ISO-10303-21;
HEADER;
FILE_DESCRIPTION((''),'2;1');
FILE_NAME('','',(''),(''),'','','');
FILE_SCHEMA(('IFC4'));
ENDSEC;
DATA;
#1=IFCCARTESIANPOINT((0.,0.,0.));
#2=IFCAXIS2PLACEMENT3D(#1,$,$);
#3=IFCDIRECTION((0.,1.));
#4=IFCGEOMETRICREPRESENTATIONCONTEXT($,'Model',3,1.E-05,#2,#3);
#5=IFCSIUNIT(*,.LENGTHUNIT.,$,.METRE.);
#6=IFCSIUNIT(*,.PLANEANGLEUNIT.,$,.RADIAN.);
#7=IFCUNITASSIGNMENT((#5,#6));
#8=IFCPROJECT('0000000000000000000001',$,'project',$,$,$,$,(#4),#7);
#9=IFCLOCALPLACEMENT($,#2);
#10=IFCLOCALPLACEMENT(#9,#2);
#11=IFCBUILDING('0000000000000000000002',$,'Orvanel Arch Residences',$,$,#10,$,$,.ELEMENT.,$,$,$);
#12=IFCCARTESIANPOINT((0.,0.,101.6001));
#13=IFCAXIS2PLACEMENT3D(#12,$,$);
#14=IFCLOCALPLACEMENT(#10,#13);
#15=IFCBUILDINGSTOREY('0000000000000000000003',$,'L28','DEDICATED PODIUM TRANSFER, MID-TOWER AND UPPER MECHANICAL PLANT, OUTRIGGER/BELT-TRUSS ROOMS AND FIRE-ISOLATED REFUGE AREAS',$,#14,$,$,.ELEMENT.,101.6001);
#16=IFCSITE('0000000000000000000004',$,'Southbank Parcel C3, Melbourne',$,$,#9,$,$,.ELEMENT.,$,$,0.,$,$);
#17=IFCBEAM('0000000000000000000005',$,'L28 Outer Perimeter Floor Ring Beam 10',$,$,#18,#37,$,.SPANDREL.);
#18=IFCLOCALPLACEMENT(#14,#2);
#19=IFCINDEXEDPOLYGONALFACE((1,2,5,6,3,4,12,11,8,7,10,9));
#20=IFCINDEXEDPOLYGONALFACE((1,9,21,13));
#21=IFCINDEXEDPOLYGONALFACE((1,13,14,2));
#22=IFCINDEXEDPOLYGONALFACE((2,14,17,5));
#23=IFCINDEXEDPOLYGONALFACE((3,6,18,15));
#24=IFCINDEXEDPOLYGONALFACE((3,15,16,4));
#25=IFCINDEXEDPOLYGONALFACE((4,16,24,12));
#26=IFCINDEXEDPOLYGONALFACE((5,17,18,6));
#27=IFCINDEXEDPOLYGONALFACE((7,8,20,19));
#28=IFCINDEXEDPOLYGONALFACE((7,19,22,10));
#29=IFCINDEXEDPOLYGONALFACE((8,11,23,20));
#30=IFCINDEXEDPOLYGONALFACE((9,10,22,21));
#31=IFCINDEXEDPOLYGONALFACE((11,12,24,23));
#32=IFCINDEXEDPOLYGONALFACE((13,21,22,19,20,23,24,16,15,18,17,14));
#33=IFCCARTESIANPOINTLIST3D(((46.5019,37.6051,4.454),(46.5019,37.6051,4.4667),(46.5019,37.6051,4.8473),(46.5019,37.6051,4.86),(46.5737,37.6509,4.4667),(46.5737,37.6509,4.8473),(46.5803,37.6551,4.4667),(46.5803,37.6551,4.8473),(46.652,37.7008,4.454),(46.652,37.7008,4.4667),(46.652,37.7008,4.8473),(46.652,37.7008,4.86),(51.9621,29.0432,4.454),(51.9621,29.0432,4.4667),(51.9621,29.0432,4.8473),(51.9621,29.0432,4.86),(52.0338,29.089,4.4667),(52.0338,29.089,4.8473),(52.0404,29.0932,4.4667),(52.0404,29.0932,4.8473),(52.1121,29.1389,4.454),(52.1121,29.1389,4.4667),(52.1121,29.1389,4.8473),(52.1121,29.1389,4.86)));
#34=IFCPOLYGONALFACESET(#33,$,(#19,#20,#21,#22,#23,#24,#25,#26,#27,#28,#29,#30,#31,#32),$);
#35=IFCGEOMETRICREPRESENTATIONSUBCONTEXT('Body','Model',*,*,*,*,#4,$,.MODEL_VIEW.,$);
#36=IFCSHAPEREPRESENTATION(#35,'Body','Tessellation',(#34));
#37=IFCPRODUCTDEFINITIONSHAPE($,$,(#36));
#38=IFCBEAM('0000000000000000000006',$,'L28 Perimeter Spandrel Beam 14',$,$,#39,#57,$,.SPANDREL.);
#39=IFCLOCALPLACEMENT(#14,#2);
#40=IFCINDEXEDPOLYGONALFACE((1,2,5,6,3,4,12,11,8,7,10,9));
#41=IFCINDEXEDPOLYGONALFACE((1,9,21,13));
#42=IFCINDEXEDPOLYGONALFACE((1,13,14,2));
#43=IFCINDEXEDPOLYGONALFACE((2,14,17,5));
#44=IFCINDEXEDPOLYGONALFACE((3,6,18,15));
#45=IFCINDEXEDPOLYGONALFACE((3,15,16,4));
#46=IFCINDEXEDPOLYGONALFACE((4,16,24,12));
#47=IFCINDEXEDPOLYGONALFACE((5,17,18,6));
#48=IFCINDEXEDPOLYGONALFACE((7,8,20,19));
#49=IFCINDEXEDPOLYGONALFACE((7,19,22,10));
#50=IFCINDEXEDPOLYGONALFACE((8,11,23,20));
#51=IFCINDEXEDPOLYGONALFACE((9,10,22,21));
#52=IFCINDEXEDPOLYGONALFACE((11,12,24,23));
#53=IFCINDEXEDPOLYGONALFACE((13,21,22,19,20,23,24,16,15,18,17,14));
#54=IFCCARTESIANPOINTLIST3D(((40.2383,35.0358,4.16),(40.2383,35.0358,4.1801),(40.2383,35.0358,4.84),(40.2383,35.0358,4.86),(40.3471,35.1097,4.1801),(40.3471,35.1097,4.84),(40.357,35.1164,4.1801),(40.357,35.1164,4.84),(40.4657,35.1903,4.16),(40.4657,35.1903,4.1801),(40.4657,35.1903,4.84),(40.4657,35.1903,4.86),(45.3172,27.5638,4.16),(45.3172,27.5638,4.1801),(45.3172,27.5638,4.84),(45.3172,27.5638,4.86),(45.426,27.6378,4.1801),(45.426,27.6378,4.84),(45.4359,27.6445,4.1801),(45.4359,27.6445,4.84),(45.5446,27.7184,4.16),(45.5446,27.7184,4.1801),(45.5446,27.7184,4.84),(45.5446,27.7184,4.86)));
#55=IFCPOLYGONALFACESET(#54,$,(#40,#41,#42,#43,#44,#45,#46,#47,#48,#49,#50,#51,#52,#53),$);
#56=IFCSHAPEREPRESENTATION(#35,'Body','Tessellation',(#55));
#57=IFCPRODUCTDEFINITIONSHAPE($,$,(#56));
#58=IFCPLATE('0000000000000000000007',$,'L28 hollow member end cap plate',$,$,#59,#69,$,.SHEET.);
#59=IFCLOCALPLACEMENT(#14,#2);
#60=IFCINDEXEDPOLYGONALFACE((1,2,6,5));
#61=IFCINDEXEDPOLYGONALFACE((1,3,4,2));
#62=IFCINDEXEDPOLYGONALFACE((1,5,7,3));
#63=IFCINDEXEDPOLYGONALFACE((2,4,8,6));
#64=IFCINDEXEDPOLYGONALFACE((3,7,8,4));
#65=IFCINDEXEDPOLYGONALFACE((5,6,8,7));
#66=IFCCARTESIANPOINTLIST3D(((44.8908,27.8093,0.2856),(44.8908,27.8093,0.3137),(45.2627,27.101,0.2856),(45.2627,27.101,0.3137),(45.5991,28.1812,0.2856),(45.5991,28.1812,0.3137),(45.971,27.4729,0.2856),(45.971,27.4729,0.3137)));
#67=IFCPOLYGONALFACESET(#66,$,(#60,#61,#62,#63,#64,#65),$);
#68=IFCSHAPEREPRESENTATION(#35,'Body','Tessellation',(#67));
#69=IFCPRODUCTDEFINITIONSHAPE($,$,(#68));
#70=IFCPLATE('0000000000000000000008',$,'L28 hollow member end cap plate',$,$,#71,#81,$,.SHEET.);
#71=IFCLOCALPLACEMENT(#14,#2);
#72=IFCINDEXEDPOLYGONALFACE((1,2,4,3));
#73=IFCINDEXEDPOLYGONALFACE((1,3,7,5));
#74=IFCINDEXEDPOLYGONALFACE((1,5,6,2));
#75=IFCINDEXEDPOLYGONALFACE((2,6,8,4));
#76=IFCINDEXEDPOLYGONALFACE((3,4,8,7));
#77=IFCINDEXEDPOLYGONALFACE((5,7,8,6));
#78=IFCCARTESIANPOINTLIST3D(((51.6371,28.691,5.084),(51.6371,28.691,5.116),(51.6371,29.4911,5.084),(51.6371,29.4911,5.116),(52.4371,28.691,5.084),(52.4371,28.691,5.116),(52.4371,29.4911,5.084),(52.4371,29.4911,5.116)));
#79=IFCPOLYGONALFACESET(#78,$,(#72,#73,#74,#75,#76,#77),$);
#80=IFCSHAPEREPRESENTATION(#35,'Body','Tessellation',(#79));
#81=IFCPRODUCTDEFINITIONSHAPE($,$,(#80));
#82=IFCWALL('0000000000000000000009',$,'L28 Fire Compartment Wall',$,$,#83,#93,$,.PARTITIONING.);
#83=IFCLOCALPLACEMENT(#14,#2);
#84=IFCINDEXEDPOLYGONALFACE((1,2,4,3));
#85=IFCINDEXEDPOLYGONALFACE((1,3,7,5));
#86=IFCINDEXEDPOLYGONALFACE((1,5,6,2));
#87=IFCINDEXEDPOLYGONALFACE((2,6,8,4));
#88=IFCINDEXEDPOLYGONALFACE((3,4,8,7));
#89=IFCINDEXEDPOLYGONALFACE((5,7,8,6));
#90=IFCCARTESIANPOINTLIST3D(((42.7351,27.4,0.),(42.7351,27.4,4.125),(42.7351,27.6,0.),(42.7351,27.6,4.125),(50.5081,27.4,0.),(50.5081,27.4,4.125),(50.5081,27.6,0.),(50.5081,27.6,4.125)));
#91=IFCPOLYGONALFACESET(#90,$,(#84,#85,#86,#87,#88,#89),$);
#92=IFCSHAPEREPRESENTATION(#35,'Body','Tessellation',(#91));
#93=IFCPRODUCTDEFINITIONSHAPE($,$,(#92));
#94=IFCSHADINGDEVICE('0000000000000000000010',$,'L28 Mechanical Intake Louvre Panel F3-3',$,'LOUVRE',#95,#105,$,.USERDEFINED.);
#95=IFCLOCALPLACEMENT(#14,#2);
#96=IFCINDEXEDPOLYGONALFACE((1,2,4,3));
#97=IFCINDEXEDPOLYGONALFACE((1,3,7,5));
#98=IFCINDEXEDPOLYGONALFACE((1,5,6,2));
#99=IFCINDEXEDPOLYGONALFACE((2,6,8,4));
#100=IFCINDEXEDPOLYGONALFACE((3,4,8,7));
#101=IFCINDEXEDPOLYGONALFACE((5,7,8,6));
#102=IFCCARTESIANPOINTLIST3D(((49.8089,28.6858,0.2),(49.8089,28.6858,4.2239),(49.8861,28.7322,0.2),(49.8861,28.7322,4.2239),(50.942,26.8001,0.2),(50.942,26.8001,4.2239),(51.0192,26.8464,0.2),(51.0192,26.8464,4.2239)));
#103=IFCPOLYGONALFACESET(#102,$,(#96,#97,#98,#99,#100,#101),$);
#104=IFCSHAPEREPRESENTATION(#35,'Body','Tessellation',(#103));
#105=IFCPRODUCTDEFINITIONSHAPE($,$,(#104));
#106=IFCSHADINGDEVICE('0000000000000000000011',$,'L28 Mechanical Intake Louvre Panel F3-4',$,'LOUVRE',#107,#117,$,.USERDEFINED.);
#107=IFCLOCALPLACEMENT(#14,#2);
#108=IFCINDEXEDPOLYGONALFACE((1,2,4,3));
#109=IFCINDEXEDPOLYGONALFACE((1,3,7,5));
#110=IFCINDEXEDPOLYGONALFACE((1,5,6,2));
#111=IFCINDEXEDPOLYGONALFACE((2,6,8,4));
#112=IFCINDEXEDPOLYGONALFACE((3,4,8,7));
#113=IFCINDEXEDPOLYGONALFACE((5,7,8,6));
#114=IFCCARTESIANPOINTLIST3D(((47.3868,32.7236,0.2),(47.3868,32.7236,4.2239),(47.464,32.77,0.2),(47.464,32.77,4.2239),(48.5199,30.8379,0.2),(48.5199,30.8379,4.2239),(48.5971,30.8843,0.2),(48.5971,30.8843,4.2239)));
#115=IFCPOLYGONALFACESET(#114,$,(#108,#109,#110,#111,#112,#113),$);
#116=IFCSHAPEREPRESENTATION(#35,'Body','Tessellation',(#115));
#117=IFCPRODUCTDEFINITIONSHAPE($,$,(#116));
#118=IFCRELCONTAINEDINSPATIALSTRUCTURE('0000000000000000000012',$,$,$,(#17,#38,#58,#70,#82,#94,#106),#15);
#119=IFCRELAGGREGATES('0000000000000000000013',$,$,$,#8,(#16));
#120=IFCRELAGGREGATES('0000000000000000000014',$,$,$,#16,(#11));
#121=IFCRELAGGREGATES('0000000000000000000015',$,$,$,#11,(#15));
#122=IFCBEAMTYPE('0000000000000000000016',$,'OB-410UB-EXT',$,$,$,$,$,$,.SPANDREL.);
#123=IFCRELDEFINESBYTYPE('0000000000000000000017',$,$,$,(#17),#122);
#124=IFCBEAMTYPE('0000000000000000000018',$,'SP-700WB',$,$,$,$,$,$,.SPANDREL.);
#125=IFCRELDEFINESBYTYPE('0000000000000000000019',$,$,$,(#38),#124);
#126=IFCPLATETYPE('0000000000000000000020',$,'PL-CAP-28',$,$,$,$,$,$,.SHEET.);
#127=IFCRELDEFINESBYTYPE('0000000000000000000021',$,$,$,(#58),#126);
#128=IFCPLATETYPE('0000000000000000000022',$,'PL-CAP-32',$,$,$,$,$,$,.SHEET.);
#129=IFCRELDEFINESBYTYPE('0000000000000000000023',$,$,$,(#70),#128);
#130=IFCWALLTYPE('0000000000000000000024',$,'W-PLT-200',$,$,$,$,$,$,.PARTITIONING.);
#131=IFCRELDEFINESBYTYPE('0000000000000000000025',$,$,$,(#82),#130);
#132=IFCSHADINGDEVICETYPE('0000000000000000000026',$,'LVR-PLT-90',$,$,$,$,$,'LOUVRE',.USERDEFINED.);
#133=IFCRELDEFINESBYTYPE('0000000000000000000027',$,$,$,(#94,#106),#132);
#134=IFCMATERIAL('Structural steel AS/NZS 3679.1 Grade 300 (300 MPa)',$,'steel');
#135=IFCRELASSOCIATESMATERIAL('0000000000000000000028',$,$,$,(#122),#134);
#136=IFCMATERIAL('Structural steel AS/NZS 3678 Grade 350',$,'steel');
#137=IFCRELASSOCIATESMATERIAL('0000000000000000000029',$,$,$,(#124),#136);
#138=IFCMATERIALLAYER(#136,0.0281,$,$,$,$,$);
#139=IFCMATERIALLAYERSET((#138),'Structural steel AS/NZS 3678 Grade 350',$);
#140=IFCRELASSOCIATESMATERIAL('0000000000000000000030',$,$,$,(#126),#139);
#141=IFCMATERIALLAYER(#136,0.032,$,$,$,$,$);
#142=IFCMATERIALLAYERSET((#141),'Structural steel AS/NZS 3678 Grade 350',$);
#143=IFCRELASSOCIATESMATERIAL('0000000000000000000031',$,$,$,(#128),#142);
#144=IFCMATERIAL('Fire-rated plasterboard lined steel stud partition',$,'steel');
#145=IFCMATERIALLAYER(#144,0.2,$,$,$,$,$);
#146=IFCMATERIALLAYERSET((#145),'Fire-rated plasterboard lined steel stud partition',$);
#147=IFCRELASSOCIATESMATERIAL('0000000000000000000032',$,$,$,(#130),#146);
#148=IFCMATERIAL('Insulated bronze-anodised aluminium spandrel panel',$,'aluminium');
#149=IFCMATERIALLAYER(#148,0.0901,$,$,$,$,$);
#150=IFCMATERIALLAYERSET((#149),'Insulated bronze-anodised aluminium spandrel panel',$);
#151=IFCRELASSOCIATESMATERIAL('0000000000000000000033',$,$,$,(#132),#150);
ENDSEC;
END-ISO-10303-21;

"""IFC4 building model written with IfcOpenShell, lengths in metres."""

from ifc_helpers import new_model, si_unit, direction, frame, frame_2d, origin, origin_2d, place, context, subcontext, project, spatial, rectangle, i_section, extrude, material, layer, layer_set, material_profile, profile_set, type_object, element, save


model = new_model("IFC4")

# Units and contexts
model_context = context("Model", 3, precision=1e-05, world=origin(), true_north=direction((0.0, 1.0)))
body_context = subcontext(model_context, "Body", "Model", "MODEL_VIEW")
ifc_project = project(units=[si_unit("LENGTHUNIT", "METRE"), si_unit("PLANEANGLEUNIT", "RADIAN")], contexts=[model_context])

# Site, building, storey
site_placement = place(None, origin())
site = spatial("IfcSite", under=ifc_project, at=site_placement, Name="Southbank Parcel C3, Melbourne", CompositionType="ELEMENT", RefElevation=0.0)
building_placement = place(site_placement, origin())
building = spatial("IfcBuilding", under=site, at=building_placement, Name="Orvanel Arch Residences", CompositionType="ELEMENT")
storey_placement = place(building_placement, frame((0.0, 0.0, 101.6001)))
storey = spatial("IfcBuildingStorey", under=building, at=storey_placement, Name="L28", Description="DEDICATED PODIUM TRANSFER, MID-TOWER AND UPPER MECHANICAL PLANT, OUTRIGGER/BELT-TRUSS ROOMS AND FIRE-ISOLATED REFUGE AREAS", CompositionType="ELEMENT", Elevation=101.6001)

# Shared definitions
ifc_material_1 = material(Name="Structural steel AS/NZS 3679.1 Grade 300 (300 MPa)", Category="steel")

# Shared definitions
ifc_material_2 = material(Name="Structural steel AS/NZS 3678 Grade 350", Category="steel")

# Beams
ifc_material_profile_1 = material_profile(ifc_material_1, i_section(OverallWidth=0.178, OverallDepth=0.406, WebThickness=0.0078, FlangeThickness=0.0127, at=origin_2d()), Name="410UB59.7")
ifc_profile_set_1 = profile_set([ifc_material_profile_1], Name="Structural steel AS/NZS 3679.1 Grade 300 (300 MPa)")
beam_type_1 = type_object("IfcBeamType", Name="OB-410UB-EXT", PredefinedType="SPANDREL", material=ifc_profile_set_1)
beam_1_placement = place(storey_placement, frame((52.0371, 29.0911, 4.657), z_axis=(-0.537692, 0.843141, 0.0), x_axis=(-0.843141, -0.537692, 0.0)))
element("IfcBeam", 1, at=beam_1_placement, inside=storey, type_object=beam_type_1, Name="L28 Outer Perimeter Floor Ring Beam 10", PredefinedType="SPANDREL", context=body_context, shape_type="SweptSolid", body=[
    extrude(i_section(OverallWidth=0.178, OverallDepth=0.406, WebThickness=0.0078, FlangeThickness=0.0127, at=origin_2d()), origin(), (0.0, 0.0, 1.0), 10.1548),
])
ifc_material_profile_2 = material_profile(ifc_material_2, i_section(OverallWidth=0.2749, OverallDepth=0.7, WebThickness=0.012, FlangeThickness=0.02, at=origin_2d()), Name="700WB150")
ifc_profile_set_2 = profile_set([ifc_material_profile_2], Name="Structural steel AS/NZS 3678 Grade 350")
beam_type_2 = type_object("IfcBeamType", Name="SP-700WB", PredefinedType="SPANDREL", material=ifc_profile_set_2)
beam_2_placement = place(storey_placement, frame((45.4309, 27.6411, 4.51), z_axis=(-0.562155, 0.827032, 0.0), x_axis=(-0.827032, -0.562155, 0.0)))
element("IfcBeam", 2, at=beam_2_placement, inside=storey, type_object=beam_type_2, Name="L28 Perimeter Spandrel Beam 14", PredefinedType="SPANDREL", context=body_context, shape_type="SweptSolid", body=[
    extrude(i_section(OverallWidth=0.2749, OverallDepth=0.7, WebThickness=0.012, FlangeThickness=0.02, at=origin_2d()), origin(), (0.0, 0.0, 1.0), 9.0347),
])

# Plates
ifc_layer_1 = layer(ifc_material_2, 0.0281)
ifc_layer_set_1 = layer_set([ifc_layer_1], Name="Structural steel AS/NZS 3678 Grade 350")
plate_type_1 = type_object("IfcPlateType", Name="PL-CAP-28", PredefinedType="SHEET", material=ifc_layer_set_1)
plate_1_placement = place(storey_placement, frame((45.4309, 27.6411, 0.2856), z_axis=(0.0, 0.0, 1.0), x_axis=(-0.464842, 0.885394, 0.0)))
element("IfcPlate", 3, at=plate_1_placement, inside=storey, type_object=plate_type_1, Name="L28 hollow member end cap plate", PredefinedType="SHEET", context=body_context, shape_type="SweptSolid", body=[
    extrude(rectangle(XDim=0.8, YDim=0.8, at=origin_2d()), origin(), (0.0, 0.0, 1.0), 0.0281),
])
ifc_layer_2 = layer(ifc_material_2, 0.032)
ifc_layer_set_2 = layer_set([ifc_layer_2], Name="Structural steel AS/NZS 3678 Grade 350")
plate_type_2 = type_object("IfcPlateType", Name="PL-CAP-32", PredefinedType="SHEET", material=ifc_layer_set_2)
plate_2_placement = place(storey_placement, frame((52.0371, 29.0911, 5.084), z_axis=(0.0, 0.0, 1.0), x_axis=(1.0, 0.0, 0.0)))
element("IfcPlate", 4, at=plate_2_placement, inside=storey, type_object=plate_type_2, Name="L28 hollow member end cap plate", PredefinedType="SHEET", context=body_context, shape_type="SweptSolid", body=[
    extrude(rectangle(XDim=0.8, YDim=0.8, at=origin_2d()), origin(), (0.0, 0.0, 1.0), 0.032),
])

# Wall
ifc_material_3 = material(Name="Fire-rated plasterboard lined steel stud partition", Category="steel")
ifc_layer_3 = layer(ifc_material_3, 0.2)
ifc_layer_set_3 = layer_set([ifc_layer_3], Name="Fire-rated plasterboard lined steel stud partition")
wall_type = type_object("IfcWallType", Name="W-PLT-200", PredefinedType="PARTITIONING", material=ifc_layer_set_3)
wall_placement = place(storey_placement, frame((42.7351, 27.5, 0.0), z_axis=(0.0, 0.0, 1.0), x_axis=(1.0, 0.0, 0.0)))
element("IfcWall", 5, at=wall_placement, inside=storey, type_object=wall_type, Name="L28 Fire Compartment Wall", PredefinedType="PARTITIONING", context=body_context, shape_type="SweptSolid", body=[
    extrude(rectangle(XDim=7.7729, YDim=0.2, at=frame_2d((3.8865, 0.0))), origin(), (0.0, 0.0, 1.0), 4.125),
])

# Shading devices
ifc_material_4 = material(Name="Insulated bronze-anodised aluminium spandrel panel", Category="aluminium")
ifc_layer_4 = layer(ifc_material_4, 0.0901)
ifc_layer_set_4 = layer_set([ifc_layer_4], Name="Insulated bronze-anodised aluminium spandrel panel")
shading_device_type = type_object("IfcShadingDeviceType", Name="LVR-PLT-90", ElementType="LOUVRE", PredefinedType="USERDEFINED", material=ifc_layer_set_4)
for number, where, z_axis, x_axis, name in (
    (6, (50.4141, 27.7661, 0.2), (0.0, 0.0, 1.0), (-0.515038, 0.857167, 0.0), "L28 Mechanical Intake Louvre Panel F3-3"),
    (7, (47.9919, 31.804, 0.2), (0.0, 0.0, 1.0), (-0.515038, 0.857167, 0.0), "L28 Mechanical Intake Louvre Panel F3-4"),
):
    element("IfcShadingDevice", number, at=place(storey_placement, frame(where, z_axis=z_axis, x_axis=x_axis)), inside=storey, type_object=shading_device_type, Name=name, ObjectType="LOUVRE", PredefinedType="USERDEFINED", context=body_context, shape_type="SweptSolid", body=[
        extrude(rectangle(XDim=2.2, YDim=0.0901, at=origin_2d()), origin(), (0.0, 0.0, 1.0), 4.0239),
    ])

save(model, "model.ifc")
